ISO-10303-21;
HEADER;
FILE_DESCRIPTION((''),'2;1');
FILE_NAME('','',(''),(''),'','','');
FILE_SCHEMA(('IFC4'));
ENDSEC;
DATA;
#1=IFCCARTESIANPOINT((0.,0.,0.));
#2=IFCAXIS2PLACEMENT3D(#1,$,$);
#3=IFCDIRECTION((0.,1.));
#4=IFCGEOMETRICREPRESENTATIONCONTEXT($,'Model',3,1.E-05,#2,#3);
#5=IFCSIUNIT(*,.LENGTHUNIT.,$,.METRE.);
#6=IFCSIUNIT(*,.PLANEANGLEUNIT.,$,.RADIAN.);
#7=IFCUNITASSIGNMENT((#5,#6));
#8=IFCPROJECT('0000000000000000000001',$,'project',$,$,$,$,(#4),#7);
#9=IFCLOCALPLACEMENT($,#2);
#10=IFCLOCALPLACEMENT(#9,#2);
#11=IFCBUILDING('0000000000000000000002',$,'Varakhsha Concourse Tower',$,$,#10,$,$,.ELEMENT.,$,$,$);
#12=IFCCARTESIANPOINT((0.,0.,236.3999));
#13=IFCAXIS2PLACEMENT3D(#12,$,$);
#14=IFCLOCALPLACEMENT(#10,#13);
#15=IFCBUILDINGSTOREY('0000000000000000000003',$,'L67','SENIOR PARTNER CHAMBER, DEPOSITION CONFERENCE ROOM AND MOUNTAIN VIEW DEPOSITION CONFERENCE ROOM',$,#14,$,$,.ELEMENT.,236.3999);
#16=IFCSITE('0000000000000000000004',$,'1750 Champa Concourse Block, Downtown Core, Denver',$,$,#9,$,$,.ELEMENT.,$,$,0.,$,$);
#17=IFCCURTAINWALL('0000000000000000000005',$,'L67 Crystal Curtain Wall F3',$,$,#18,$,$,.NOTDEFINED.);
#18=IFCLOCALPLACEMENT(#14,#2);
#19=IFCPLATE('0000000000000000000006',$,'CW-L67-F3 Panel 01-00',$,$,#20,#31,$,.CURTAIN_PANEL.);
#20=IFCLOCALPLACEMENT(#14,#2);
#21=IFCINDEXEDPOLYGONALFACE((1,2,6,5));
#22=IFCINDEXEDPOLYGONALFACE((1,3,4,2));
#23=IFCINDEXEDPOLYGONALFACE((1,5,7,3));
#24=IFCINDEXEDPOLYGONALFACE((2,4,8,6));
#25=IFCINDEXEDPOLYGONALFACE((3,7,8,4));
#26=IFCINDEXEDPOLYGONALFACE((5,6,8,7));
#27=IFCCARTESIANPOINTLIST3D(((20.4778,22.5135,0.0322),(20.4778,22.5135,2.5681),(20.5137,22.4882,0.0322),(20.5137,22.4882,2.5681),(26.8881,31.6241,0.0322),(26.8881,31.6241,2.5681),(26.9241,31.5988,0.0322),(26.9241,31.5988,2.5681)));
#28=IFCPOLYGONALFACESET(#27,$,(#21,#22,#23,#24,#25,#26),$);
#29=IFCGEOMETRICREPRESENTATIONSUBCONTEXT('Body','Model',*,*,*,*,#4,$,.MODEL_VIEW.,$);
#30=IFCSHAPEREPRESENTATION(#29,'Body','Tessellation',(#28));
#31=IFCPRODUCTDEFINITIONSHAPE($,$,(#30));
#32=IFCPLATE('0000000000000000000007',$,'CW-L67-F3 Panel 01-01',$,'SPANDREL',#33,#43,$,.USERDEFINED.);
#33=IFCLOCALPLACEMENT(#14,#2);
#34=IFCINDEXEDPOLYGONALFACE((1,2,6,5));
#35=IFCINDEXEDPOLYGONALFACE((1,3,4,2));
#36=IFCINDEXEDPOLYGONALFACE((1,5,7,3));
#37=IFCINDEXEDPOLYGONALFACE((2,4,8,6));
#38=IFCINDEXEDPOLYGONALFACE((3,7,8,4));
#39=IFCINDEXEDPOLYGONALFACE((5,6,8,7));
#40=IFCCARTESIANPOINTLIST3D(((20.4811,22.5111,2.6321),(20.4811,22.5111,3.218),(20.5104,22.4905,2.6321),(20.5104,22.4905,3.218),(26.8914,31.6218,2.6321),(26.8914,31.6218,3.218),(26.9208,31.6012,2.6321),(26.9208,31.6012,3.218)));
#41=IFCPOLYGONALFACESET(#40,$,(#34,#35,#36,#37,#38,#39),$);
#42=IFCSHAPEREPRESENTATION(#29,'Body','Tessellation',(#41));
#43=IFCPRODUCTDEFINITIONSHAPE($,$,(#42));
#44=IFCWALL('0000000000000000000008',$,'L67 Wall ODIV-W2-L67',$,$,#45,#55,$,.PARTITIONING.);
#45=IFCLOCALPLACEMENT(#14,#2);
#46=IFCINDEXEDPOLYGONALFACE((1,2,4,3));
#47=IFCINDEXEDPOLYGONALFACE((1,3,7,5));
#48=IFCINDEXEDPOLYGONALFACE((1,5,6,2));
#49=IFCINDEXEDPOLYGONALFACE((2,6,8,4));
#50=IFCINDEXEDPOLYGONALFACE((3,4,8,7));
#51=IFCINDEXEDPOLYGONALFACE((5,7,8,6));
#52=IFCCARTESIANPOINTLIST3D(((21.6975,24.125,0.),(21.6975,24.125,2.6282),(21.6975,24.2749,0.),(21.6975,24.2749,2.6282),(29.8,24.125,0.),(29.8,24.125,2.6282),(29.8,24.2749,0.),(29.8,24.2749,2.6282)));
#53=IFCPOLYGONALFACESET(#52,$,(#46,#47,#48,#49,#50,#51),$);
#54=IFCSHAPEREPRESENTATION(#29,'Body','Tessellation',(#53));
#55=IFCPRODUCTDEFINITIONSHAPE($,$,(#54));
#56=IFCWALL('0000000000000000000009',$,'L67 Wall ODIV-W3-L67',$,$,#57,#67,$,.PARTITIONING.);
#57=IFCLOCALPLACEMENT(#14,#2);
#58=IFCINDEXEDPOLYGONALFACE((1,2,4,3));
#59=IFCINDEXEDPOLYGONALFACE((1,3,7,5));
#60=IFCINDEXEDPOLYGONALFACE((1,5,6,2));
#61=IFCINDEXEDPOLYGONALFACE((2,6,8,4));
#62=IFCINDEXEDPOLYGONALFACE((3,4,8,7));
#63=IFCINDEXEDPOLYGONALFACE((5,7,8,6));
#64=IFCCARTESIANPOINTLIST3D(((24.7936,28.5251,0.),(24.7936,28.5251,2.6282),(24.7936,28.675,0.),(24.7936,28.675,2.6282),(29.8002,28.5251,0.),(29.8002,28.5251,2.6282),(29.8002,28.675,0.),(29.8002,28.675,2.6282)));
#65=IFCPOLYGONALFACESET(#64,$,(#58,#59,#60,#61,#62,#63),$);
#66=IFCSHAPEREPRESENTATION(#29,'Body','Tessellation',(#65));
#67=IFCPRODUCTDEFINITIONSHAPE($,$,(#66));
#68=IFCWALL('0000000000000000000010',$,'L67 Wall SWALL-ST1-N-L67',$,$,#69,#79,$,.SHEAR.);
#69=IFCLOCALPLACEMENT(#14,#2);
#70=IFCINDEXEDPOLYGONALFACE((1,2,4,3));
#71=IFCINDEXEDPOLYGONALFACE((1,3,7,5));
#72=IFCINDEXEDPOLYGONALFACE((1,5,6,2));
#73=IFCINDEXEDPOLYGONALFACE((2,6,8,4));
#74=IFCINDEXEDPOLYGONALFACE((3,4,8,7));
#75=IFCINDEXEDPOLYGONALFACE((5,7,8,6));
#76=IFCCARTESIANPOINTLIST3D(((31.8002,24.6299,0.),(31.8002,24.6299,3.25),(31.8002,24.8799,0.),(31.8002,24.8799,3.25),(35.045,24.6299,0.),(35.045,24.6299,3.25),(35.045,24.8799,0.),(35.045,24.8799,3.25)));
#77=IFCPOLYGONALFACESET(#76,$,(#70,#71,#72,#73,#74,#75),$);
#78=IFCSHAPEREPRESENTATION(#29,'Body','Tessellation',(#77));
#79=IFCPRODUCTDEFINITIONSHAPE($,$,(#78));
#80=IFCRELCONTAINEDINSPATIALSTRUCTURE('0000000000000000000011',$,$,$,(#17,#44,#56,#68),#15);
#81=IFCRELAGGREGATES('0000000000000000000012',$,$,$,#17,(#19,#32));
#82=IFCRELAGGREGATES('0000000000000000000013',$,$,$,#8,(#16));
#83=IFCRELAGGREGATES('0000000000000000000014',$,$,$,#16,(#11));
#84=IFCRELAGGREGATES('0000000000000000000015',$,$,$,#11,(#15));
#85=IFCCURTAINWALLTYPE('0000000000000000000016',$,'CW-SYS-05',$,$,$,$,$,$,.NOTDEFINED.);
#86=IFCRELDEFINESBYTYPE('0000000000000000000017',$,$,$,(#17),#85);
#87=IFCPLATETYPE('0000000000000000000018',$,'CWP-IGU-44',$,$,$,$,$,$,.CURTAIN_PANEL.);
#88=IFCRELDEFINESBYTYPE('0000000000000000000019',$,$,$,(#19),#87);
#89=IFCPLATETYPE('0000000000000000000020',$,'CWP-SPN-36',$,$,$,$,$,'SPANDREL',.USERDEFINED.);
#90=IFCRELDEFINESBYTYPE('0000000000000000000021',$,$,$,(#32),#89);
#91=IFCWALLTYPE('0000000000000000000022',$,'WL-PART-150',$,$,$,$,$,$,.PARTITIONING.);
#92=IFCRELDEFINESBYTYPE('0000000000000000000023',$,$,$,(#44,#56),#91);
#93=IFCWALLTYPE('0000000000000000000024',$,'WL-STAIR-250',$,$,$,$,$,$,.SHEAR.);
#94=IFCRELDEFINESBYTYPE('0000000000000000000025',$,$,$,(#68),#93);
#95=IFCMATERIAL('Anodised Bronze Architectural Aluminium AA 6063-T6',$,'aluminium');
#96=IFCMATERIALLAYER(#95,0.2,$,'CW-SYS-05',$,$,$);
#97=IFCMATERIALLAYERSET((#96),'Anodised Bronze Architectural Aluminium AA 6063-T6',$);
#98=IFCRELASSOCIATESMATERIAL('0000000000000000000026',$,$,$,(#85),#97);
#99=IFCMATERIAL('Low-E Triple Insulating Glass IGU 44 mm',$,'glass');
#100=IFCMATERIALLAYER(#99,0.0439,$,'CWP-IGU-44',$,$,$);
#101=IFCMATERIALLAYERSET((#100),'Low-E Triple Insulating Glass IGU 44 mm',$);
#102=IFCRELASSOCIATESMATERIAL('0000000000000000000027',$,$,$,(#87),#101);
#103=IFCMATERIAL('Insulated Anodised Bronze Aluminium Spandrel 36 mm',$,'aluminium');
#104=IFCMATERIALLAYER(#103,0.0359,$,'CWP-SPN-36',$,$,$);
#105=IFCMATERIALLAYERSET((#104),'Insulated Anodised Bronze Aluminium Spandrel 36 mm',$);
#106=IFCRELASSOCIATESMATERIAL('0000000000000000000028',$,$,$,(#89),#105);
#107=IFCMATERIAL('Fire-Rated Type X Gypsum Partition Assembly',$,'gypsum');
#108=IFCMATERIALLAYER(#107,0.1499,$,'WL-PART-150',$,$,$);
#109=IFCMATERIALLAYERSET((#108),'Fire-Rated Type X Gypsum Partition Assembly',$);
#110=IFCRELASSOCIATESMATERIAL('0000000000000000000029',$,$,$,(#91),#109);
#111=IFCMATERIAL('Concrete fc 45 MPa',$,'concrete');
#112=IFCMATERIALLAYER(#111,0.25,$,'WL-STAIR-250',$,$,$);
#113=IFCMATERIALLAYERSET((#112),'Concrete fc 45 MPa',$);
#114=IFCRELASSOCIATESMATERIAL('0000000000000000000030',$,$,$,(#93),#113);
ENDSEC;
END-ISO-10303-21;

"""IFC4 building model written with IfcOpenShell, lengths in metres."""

from ifc_helpers import new_model, si_unit, direction, frame, frame_2d, origin, origin_2d, place, context, subcontext, project, spatial, rectangle, extrude, source, transform, mapped, material, layer, layer_set, type_object, type_shapes, element, aggregate, save


model = new_model("IFC4")

# Units and contexts
model_context = context("Model", 3, precision=1e-05, world=origin(), true_north=direction((0.0, 1.0)))
body_context = subcontext(model_context, "Body", "Model", "MODEL_VIEW")
ifc_project = project(units=[si_unit("LENGTHUNIT", "METRE"), si_unit("PLANEANGLEUNIT", "RADIAN")], contexts=[model_context])

# Site, building, storey
site_placement = place(None, origin())
site = spatial("IfcSite", under=ifc_project, at=site_placement, Name="1750 Champa Concourse Block, Downtown Core, Denver", CompositionType="ELEMENT", RefElevation=0.0)
building_placement = place(site_placement, origin())
building = spatial("IfcBuilding", under=site, at=building_placement, Name="Varakhsha Concourse Tower", CompositionType="ELEMENT")
storey_placement = place(building_placement, frame((0.0, 0.0, 236.3999)))
storey = spatial("IfcBuildingStorey", under=building, at=storey_placement, Name="L67", Description="SENIOR PARTNER CHAMBER, DEPOSITION CONFERENCE ROOM AND MOUNTAIN VIEW DEPOSITION CONFERENCE ROOM", CompositionType="ELEMENT", Elevation=236.3999)

# Curtain wall, plates
ifc_material_1 = material(Name="Anodised Bronze Architectural Aluminium AA 6063-T6", Category="aluminium")
ifc_layer_1 = layer(ifc_material_1, 0.2, Name="CW-SYS-05")
ifc_layer_set_1 = layer_set([ifc_layer_1], Name="Anodised Bronze Architectural Aluminium AA 6063-T6")
curtain_wall_type = type_object("IfcCurtainWallType", Name="CW-SYS-05", PredefinedType="NOTDEFINED", material=ifc_layer_set_1)
curtain_wall_placement = place(storey_placement, origin())
curtain_wall = element("IfcCurtainWall", 1, at=curtain_wall_placement, inside=storey, type_object=curtain_wall_type, Name="L67 Crystal Curtain Wall F3", PredefinedType="NOTDEFINED")
ifc_material_2 = material(Name="Low-E Triple Insulating Glass IGU 44 mm", Category="glass")
ifc_layer_2 = layer(ifc_material_2, 0.0439, Name="CWP-IGU-44")
ifc_layer_set_2 = layer_set([ifc_layer_2], Name="Low-E Triple Insulating Glass IGU 44 mm")
plate_type_1 = type_object("IfcPlateType", Name="CWP-IGU-44", PredefinedType="CURTAIN_PANEL", material=ifc_layer_set_2)
shared_shape_1 = source(origin(), body_context, "Body", "SweptSolid", [
    extrude(rectangle(XDim=11.1399, YDim=0.0439, at=origin_2d()), origin(), (0.0, 0.0, 1.0), 2.5359),
])
type_shapes(plate_type_1, [shared_shape_1])
plate_1_placement = place(storey_placement, frame((23.7009, 27.0562, 0.0322), z_axis=(0.0, 0.0, 1.0), x_axis=(0.575444, 0.817842, 0.0)))
plate_1 = element("IfcPlate", 2, at=plate_1_placement, type_object=plate_type_1, Name="CW-L67-F3 Panel 01-00", PredefinedType="CURTAIN_PANEL", context=body_context, shape_type="MappedRepresentation", body=[
    mapped(shared_shape_1, transform((0.0, 0.0, 0.0), scale=1.0)),
])
ifc_material_3 = material(Name="Insulated Anodised Bronze Aluminium Spandrel 36 mm", Category="aluminium")
ifc_layer_3 = layer(ifc_material_3, 0.0359, Name="CWP-SPN-36")
ifc_layer_set_3 = layer_set([ifc_layer_3], Name="Insulated Anodised Bronze Aluminium Spandrel 36 mm")
plate_type_2 = type_object("IfcPlateType", Name="CWP-SPN-36", ElementType="SPANDREL", PredefinedType="USERDEFINED", material=ifc_layer_set_3)
shared_shape_2 = source(origin(), body_context, "Body", "SweptSolid", [
    extrude(rectangle(XDim=11.1399, YDim=0.0359, at=origin_2d()), origin(), (0.0, 0.0, 1.0), 0.5859),
])
type_shapes(plate_type_2, [shared_shape_2])
plate_2_placement = place(storey_placement, frame((23.7009, 27.0562, 2.6321), z_axis=(0.0, 0.0, 1.0), x_axis=(0.575444, 0.817842, 0.0)))
plate_2 = element("IfcPlate", 3, at=plate_2_placement, type_object=plate_type_2, Name="CW-L67-F3 Panel 01-01", ObjectType="SPANDREL", PredefinedType="USERDEFINED", context=body_context, shape_type="MappedRepresentation", body=[
    mapped(shared_shape_2, transform((0.0, 0.0, 0.0), scale=1.0)),
])
aggregate(curtain_wall, [plate_1, plate_2])

# Walls
ifc_material_4 = material(Name="Fire-Rated Type X Gypsum Partition Assembly", Category="gypsum")
ifc_layer_4 = layer(ifc_material_4, 0.1499, Name="WL-PART-150")
ifc_layer_set_4 = layer_set([ifc_layer_4], Name="Fire-Rated Type X Gypsum Partition Assembly")
wall_type_1 = type_object("IfcWallType", Name="WL-PART-150", PredefinedType="PARTITIONING", material=ifc_layer_set_4)
wall_1_placement = place(storey_placement, frame((21.6975, 24.2, 0.0), z_axis=(0.0, 0.0, 1.0), x_axis=(1.0, 0.0, 0.0)))
element("IfcWall", 4, at=wall_1_placement, inside=storey, type_object=wall_type_1, Name="L67 Wall ODIV-W2-L67", PredefinedType="PARTITIONING", context=body_context, shape_type="SweptSolid", body=[
    extrude(rectangle(XDim=8.1025, YDim=0.1499, at=frame_2d((4.0513, 0.0))), origin(), (0.0, 0.0, 1.0), 2.6282),
])
wall_2_placement = place(storey_placement, frame((24.7935, 28.6001, 0.0), z_axis=(0.0, 0.0, 1.0), x_axis=(1.0, 0.0, 0.0)))
element("IfcWall", 5, at=wall_2_placement, inside=storey, type_object=wall_type_1, Name="L67 Wall ODIV-W3-L67", PredefinedType="PARTITIONING", context=body_context, shape_type="SweptSolid", body=[
    extrude(rectangle(XDim=5.0066, YDim=0.1499, at=frame_2d((2.5034, 0.0))), origin(), (0.0, 0.0, 1.0), 2.6282),
])

# Wall
ifc_material_5 = material(Name="Concrete fc 45 MPa", Category="concrete")
ifc_layer_5 = layer(ifc_material_5, 0.25, Name="WL-STAIR-250")
ifc_layer_set_5 = layer_set([ifc_layer_5], Name="Concrete fc 45 MPa")
wall_type_2 = type_object("IfcWallType", Name="WL-STAIR-250", PredefinedType="SHEAR", material=ifc_layer_set_5)
wall_3_placement = place(storey_placement, frame((31.8, 24.7549, 0.0), z_axis=(0.0, 0.0, 1.0), x_axis=(1.0, 0.0, 0.0)))
element("IfcWall", 6, at=wall_3_placement, inside=storey, type_object=wall_type_2, Name="L67 Wall SWALL-ST1-N-L67", PredefinedType="SHEAR", context=body_context, shape_type="SweptSolid", body=[
    extrude(rectangle(XDim=3.2449, YDim=0.25, at=frame_2d((1.6226, 0.0))), origin(), (0.0, 0.0, 1.0), 3.25),
])

save(model, "model.ifc")
